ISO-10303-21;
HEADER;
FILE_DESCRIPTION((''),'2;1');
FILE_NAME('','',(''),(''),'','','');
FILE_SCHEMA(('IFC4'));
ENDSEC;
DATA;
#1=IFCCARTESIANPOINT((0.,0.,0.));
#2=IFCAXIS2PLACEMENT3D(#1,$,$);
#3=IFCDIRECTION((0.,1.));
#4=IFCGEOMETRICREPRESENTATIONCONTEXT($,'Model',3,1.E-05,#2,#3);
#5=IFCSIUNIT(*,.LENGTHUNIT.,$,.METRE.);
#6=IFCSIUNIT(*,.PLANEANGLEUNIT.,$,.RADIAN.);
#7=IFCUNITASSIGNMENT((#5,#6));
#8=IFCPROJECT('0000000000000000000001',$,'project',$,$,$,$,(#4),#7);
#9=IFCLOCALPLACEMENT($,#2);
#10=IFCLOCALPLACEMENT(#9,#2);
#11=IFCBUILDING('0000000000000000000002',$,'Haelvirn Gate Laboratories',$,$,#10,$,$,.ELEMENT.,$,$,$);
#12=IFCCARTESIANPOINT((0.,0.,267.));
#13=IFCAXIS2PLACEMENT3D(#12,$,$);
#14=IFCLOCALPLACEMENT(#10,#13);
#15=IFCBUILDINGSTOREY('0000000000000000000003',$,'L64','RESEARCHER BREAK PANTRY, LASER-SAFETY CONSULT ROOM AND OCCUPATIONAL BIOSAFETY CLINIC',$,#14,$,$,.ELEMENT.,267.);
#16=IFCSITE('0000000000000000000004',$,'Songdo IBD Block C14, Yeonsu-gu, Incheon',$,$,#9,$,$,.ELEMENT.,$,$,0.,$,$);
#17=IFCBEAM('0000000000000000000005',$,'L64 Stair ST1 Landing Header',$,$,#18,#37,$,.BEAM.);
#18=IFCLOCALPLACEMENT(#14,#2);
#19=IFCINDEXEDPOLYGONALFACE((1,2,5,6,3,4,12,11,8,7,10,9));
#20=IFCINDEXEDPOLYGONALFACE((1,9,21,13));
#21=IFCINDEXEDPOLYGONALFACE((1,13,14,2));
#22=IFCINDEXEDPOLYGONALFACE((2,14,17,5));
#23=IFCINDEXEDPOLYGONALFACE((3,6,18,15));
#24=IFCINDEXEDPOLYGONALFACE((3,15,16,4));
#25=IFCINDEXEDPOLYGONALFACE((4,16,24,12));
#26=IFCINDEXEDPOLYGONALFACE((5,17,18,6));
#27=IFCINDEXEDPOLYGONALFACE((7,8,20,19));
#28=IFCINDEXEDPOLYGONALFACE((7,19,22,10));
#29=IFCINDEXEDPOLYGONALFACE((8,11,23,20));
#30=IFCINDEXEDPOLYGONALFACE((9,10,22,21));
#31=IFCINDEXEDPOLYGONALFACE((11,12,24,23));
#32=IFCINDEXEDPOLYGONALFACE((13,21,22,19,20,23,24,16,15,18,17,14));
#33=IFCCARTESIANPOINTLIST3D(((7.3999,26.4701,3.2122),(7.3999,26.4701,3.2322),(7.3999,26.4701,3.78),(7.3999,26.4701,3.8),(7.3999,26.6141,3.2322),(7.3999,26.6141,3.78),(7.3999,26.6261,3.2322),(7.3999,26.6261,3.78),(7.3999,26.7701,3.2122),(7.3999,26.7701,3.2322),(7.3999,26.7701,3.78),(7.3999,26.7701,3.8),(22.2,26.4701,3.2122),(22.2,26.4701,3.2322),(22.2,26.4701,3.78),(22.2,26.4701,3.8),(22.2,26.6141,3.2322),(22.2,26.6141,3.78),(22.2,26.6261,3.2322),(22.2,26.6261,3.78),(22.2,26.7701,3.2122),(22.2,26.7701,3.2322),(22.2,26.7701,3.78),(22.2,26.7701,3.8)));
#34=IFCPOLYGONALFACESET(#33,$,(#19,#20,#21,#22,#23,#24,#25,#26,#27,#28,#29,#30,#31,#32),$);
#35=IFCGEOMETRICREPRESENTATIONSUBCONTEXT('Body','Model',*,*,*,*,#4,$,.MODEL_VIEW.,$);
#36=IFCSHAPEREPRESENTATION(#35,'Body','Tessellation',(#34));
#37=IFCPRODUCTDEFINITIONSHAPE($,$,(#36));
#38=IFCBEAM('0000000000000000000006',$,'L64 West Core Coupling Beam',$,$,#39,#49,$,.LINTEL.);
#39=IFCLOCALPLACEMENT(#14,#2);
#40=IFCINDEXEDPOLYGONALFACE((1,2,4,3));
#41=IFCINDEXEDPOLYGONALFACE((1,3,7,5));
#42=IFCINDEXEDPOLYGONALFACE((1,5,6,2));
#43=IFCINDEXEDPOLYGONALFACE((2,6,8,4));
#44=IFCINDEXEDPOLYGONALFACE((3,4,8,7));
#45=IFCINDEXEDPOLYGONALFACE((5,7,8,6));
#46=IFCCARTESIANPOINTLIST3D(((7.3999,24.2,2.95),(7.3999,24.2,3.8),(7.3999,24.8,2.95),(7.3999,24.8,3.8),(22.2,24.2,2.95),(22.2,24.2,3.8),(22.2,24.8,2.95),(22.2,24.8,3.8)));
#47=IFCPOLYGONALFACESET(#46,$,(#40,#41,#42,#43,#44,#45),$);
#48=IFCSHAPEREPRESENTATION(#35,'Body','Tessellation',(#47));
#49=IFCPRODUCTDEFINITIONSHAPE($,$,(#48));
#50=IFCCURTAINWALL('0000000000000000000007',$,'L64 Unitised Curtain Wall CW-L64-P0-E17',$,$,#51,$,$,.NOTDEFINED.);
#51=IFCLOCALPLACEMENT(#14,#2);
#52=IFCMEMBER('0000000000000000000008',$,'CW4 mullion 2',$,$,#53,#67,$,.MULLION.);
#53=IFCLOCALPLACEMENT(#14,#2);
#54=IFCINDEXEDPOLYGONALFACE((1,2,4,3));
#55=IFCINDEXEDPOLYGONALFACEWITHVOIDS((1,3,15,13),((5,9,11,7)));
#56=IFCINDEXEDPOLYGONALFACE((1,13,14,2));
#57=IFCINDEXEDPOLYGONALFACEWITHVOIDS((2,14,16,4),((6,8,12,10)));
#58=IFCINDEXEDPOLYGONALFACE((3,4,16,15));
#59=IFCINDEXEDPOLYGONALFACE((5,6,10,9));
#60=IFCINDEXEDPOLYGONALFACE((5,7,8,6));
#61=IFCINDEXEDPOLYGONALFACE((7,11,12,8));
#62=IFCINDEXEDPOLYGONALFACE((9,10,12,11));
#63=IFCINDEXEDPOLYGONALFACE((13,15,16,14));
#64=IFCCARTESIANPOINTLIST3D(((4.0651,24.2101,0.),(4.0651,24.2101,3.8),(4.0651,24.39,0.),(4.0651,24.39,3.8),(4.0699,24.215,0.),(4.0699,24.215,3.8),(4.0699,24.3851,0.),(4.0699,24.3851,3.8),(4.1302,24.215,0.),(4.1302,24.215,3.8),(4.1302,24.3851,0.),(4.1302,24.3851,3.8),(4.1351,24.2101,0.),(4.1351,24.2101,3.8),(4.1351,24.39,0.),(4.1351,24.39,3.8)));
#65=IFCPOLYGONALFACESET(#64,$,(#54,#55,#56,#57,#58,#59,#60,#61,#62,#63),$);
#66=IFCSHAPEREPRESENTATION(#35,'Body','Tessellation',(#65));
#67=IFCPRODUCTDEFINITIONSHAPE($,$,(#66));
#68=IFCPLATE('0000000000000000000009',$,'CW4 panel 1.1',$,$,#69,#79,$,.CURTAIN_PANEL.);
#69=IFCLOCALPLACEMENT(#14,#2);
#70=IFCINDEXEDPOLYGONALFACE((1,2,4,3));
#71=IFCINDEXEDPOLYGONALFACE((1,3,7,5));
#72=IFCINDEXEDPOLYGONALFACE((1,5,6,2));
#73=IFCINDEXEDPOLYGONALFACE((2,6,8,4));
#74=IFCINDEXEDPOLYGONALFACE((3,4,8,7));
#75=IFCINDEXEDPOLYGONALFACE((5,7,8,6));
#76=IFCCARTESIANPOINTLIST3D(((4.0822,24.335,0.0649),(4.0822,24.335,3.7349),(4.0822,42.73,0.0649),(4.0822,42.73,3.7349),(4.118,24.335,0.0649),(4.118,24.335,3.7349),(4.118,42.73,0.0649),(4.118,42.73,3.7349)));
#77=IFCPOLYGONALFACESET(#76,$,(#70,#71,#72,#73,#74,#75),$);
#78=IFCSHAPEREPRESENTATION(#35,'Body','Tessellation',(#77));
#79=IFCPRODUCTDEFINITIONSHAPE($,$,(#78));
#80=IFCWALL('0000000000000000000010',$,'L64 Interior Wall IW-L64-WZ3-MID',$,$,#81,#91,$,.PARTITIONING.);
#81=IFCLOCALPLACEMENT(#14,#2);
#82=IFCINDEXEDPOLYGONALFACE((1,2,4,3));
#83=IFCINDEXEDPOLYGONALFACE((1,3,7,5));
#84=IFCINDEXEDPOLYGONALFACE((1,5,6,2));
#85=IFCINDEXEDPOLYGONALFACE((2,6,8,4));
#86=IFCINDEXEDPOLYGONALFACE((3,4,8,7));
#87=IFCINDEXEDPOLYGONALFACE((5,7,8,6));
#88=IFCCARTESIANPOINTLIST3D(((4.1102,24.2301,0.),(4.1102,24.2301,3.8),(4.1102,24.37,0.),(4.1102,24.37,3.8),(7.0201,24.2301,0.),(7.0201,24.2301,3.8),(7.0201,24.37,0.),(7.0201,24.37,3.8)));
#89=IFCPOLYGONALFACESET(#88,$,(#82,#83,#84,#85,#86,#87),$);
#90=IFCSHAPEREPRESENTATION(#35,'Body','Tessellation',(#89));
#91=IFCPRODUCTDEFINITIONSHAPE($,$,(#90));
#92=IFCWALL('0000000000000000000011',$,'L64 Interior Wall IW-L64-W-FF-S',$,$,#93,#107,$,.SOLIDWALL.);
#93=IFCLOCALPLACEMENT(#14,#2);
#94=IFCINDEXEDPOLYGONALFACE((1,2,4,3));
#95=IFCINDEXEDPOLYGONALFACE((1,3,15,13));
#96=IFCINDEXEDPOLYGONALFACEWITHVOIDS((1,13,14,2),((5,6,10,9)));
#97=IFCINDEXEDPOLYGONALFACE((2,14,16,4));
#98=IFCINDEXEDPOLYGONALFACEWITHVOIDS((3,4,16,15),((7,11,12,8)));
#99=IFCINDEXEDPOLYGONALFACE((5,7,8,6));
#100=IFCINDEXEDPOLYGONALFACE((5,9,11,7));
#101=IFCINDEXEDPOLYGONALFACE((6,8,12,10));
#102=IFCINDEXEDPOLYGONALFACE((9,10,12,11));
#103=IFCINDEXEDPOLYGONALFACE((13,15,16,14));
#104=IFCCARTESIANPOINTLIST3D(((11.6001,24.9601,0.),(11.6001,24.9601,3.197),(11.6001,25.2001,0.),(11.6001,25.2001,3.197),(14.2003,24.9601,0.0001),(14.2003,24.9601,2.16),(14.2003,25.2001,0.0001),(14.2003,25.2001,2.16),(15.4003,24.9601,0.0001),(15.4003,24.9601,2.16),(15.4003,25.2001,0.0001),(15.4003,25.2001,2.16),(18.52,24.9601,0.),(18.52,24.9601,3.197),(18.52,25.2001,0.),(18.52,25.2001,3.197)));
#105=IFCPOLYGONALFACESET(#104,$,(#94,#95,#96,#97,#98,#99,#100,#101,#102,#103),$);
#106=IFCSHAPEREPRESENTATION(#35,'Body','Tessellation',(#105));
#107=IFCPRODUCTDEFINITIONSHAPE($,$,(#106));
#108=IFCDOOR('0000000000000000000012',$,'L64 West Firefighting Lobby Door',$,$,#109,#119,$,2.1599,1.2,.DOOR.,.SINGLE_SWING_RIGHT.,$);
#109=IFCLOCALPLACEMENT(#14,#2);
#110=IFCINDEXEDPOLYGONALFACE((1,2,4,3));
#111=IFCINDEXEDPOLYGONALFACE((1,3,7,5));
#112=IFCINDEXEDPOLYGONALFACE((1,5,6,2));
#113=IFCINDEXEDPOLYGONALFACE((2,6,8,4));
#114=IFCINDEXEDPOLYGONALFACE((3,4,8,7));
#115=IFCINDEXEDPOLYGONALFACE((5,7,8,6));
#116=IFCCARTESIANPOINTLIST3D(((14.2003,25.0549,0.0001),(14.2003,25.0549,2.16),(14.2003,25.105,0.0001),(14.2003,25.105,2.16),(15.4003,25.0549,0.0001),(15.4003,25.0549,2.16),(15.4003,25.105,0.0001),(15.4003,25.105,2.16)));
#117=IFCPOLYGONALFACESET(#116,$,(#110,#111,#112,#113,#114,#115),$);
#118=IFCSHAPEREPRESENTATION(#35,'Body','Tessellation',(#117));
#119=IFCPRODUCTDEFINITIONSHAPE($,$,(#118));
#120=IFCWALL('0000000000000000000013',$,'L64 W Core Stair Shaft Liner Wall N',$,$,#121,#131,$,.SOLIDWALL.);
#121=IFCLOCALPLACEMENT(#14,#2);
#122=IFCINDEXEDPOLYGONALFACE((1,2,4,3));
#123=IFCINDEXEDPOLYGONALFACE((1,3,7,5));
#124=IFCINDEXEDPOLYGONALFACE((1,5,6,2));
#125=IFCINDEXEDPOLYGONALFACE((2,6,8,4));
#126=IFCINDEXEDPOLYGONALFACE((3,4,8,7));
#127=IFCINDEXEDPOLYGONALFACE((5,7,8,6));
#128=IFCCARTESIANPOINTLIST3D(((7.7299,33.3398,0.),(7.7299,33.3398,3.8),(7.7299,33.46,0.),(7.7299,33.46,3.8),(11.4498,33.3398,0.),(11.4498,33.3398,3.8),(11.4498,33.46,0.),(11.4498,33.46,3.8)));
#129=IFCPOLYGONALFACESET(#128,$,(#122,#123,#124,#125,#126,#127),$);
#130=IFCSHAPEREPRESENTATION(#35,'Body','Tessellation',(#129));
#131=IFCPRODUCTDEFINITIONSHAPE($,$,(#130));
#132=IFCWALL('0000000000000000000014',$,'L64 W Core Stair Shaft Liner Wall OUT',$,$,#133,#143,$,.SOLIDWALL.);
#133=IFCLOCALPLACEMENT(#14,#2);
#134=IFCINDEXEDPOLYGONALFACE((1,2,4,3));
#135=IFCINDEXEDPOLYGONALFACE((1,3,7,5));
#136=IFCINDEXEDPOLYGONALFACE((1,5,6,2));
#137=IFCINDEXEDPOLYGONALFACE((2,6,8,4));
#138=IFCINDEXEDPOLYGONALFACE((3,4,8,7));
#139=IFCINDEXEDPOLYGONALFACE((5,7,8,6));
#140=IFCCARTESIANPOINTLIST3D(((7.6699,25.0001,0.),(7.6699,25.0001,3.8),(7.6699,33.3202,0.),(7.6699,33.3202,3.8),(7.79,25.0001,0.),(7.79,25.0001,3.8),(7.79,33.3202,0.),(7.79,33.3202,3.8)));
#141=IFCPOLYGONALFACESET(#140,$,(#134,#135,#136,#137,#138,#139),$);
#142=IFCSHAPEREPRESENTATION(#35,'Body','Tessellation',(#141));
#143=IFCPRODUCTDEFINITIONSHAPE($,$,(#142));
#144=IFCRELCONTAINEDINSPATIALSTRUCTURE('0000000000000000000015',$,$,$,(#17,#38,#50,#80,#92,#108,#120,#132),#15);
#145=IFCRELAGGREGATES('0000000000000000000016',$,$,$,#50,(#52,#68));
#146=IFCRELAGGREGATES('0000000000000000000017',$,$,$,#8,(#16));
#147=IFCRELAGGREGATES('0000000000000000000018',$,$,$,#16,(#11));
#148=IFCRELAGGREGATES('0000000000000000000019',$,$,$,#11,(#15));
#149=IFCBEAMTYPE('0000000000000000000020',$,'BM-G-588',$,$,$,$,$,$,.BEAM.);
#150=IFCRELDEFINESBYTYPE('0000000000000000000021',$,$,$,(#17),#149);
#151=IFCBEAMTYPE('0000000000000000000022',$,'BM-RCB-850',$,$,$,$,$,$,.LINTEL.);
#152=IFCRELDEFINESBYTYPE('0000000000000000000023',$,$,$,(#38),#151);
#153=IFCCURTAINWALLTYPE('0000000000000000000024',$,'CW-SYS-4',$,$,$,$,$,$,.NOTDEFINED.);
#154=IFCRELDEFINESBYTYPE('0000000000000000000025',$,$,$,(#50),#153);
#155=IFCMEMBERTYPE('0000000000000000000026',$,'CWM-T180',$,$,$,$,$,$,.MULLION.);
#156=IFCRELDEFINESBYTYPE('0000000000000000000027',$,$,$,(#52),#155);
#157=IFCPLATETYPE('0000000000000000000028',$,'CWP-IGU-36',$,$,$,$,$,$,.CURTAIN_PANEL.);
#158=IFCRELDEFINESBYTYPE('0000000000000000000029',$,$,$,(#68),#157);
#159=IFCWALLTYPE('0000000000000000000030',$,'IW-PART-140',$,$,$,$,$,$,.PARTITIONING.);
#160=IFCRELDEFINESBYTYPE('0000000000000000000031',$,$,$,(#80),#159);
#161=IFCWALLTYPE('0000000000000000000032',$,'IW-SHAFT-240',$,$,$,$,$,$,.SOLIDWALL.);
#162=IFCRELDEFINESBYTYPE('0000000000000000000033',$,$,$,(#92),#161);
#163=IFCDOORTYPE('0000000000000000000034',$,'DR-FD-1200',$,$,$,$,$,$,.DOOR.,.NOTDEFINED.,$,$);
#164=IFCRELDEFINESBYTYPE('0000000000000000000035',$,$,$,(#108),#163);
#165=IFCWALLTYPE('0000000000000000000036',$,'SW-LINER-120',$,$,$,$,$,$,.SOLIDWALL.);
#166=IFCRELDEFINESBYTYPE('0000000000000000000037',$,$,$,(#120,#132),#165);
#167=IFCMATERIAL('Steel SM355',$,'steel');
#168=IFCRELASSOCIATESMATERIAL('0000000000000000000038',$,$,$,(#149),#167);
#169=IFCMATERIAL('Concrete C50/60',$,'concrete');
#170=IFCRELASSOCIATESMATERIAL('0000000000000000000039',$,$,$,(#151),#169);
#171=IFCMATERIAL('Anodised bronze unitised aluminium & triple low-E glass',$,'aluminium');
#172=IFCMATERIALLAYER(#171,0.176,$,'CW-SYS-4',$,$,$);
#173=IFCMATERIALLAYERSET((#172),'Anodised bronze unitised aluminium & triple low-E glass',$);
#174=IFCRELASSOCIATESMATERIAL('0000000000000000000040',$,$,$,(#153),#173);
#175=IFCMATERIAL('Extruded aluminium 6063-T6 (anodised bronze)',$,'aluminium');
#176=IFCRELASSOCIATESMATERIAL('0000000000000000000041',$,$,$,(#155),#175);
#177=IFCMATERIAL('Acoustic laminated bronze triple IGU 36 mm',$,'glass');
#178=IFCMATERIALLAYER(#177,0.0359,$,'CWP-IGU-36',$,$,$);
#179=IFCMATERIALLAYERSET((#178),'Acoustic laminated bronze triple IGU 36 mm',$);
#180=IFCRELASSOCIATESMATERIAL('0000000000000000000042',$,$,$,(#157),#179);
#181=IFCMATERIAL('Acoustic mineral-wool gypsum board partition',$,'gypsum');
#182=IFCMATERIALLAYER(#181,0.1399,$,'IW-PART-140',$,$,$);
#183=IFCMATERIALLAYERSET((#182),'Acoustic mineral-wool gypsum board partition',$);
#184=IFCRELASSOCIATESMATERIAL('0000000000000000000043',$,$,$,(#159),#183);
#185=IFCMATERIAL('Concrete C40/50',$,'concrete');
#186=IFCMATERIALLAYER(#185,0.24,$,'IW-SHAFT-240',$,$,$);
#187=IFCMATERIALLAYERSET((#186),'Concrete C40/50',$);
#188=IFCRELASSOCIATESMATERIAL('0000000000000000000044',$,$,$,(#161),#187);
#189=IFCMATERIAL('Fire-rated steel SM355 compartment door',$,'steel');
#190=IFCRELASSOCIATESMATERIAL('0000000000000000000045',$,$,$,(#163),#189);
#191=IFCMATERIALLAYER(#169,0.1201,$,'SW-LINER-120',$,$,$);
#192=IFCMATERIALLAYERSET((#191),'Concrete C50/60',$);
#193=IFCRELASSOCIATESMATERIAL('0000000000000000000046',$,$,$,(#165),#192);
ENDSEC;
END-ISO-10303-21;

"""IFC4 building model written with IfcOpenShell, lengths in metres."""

from ifc_helpers import new_model, si_unit, direction, frame, frame_2d, origin, origin_2d, place, context, subcontext, project, spatial, rectangle, hollow_rectangle, i_section, extrude, source, transform, mapped, material, layer, layer_set, material_profile, profile_set, type_object, type_shapes, element, fill, aggregate, save


model = new_model("IFC4")

# Units and contexts
model_context = context("Model", 3, precision=1e-05, world=origin(), true_north=direction((0.0, 1.0)))
body_context = subcontext(model_context, "Body", "Model", "MODEL_VIEW")
ifc_project = project(units=[si_unit("LENGTHUNIT", "METRE"), si_unit("PLANEANGLEUNIT", "RADIAN")], contexts=[model_context])

# Site, building, storey
site_placement = place(None, origin())
site = spatial("IfcSite", under=ifc_project, at=site_placement, Name="Songdo IBD Block C14, Yeonsu-gu, Incheon", CompositionType="ELEMENT", RefElevation=0.0)
building_placement = place(site_placement, origin())
building = spatial("IfcBuilding", under=site, at=building_placement, Name="Haelvirn Gate Laboratories", CompositionType="ELEMENT")
storey_placement = place(building_placement, frame((0.0, 0.0, 267.0)))
storey = spatial("IfcBuildingStorey", under=building, at=storey_placement, Name="L64", Description="RESEARCHER BREAK PANTRY, LASER-SAFETY CONSULT ROOM AND OCCUPATIONAL BIOSAFETY CLINIC", CompositionType="ELEMENT", Elevation=267.0)

# Beams
ifc_material_1 = material(Name="Steel SM355", Category="steel")
ifc_material_profile_1 = material_profile(ifc_material_1, i_section(OverallWidth=0.3, OverallDepth=0.5879, WebThickness=0.012, FlangeThickness=0.02, at=origin_2d()), Name="H-588x300x12x20")
ifc_profile_set_1 = profile_set([ifc_material_profile_1], Name="Steel SM355")
beam_type_1 = type_object("IfcBeamType", Name="BM-G-588", PredefinedType="BEAM", material=ifc_profile_set_1)
shared_shape_1 = source(origin(), body_context, "Body", "SweptSolid", [
    extrude(i_section(OverallWidth=0.3, OverallDepth=0.5879, WebThickness=0.012, FlangeThickness=0.02, at=origin_2d()), origin(), (0.0, 0.0, 1.0), 14.8),
])
type_shapes(beam_type_1, [shared_shape_1])
beam_1_placement = place(storey_placement, frame((7.3999, 26.6201, 3.5061), z_axis=(1.0, 0.0, 0.0), x_axis=(0.0, 1.0, 0.0)))
element("IfcBeam", 1, at=beam_1_placement, inside=storey, type_object=beam_type_1, Name="L64 Stair ST1 Landing Header", PredefinedType="BEAM", context=body_context, shape_type="MappedRepresentation", body=[
    mapped(shared_shape_1, transform((0.0, 0.0, 0.0), scale=1.0)),
])
ifc_material_2 = material(Name="Concrete C50/60", Category="concrete")
ifc_material_profile_2 = material_profile(ifc_material_2, rectangle(XDim=0.6001, YDim=0.8501, at=origin_2d()), Name="RCB-600x850")
ifc_profile_set_2 = profile_set([ifc_material_profile_2], Name="Concrete C50/60")
beam_type_2 = type_object("IfcBeamType", Name="BM-RCB-850", PredefinedType="LINTEL", material=ifc_profile_set_2)
shared_shape_2 = source(origin(), body_context, "Body", "SweptSolid", [
    extrude(rectangle(XDim=0.6001, YDim=0.8501, at=origin_2d()), origin(), (0.0, 0.0, 1.0), 14.8),
])
type_shapes(beam_type_2, [shared_shape_2])
beam_2_placement = place(storey_placement, frame((7.3999, 24.5, 3.375), z_axis=(1.0, 0.0, 0.0), x_axis=(0.0, 1.0, 0.0)))
element("IfcBeam", 2, at=beam_2_placement, inside=storey, type_object=beam_type_2, Name="L64 West Core Coupling Beam", PredefinedType="LINTEL", context=body_context, shape_type="MappedRepresentation", body=[
    mapped(shared_shape_2, transform((0.0, 0.0, 0.0), scale=1.0)),
])

# Curtain wall, member, plate
ifc_material_3 = material(Name="Anodised bronze unitised aluminium & triple low-E glass", Category="aluminium")
ifc_layer_1 = layer(ifc_material_3, 0.176, Name="CW-SYS-4")
ifc_layer_set_1 = layer_set([ifc_layer_1], Name="Anodised bronze unitised aluminium & triple low-E glass")
curtain_wall_type = type_object("IfcCurtainWallType", Name="CW-SYS-4", PredefinedType="NOTDEFINED", material=ifc_layer_set_1)
curtain_wall_placement = place(storey_placement, origin())
curtain_wall = element("IfcCurtainWall", 3, at=curtain_wall_placement, inside=storey, type_object=curtain_wall_type, Name="L64 Unitised Curtain Wall CW-L64-P0-E17", PredefinedType="NOTDEFINED")
ifc_material_4 = material(Name="Extruded aluminium 6063-T6 (anodised bronze)", Category="aluminium")
ifc_material_profile_3 = material_profile(ifc_material_4, hollow_rectangle(XDim=0.0701, YDim=0.1799, WallThickness=0.0049, at=origin_2d()), Name="CWM-180x70x5")
ifc_profile_set_3 = profile_set([ifc_material_profile_3], Name="Extruded aluminium 6063-T6 (anodised bronze)")
member_type = type_object("IfcMemberType", Name="CWM-T180", PredefinedType="MULLION", material=ifc_profile_set_3)
shared_shape_3 = source(origin(), body_context, "Body", "SweptSolid", [
    extrude(hollow_rectangle(XDim=0.0701, YDim=0.1799, WallThickness=0.0049, at=origin_2d()), origin(), (0.0, 0.0, 1.0), 3.8),
])
type_shapes(member_type, [shared_shape_3])
member_placement = place(storey_placement, frame((4.1001, 24.3, 0.0), z_axis=(0.0, 0.0, 1.0), x_axis=(1.0, 0.0, 0.0)))
member = element("IfcMember", 4, at=member_placement, type_object=member_type, Name="CW4 mullion 2", PredefinedType="MULLION", context=body_context, shape_type="MappedRepresentation", body=[
    mapped(shared_shape_3, transform((0.0, 0.0, 0.0), scale=1.0)),
])
ifc_material_5 = material(Name="Acoustic laminated bronze triple IGU 36 mm", Category="glass")
ifc_layer_2 = layer(ifc_material_5, 0.0359, Name="CWP-IGU-36")
ifc_layer_set_2 = layer_set([ifc_layer_2], Name="Acoustic laminated bronze triple IGU 36 mm")
plate_type = type_object("IfcPlateType", Name="CWP-IGU-36", PredefinedType="CURTAIN_PANEL", material=ifc_layer_set_2)
shared_shape_4 = source(origin(), body_context, "Body", "SweptSolid", [
    extrude(rectangle(XDim=18.395, YDim=0.0359, at=origin_2d()), origin(), (0.0, 0.0, 1.0), 3.6699),
])
type_shapes(plate_type, [shared_shape_4])
plate_placement = place(storey_placement, frame((4.1001, 33.5325, 0.0649), z_axis=(0.0, 0.0, 1.0), x_axis=(0.0, -1.0, 0.0)))
plate = element("IfcPlate", 5, at=plate_placement, type_object=plate_type, Name="CW4 panel 1.1", PredefinedType="CURTAIN_PANEL", context=body_context, shape_type="MappedRepresentation", body=[
    mapped(shared_shape_4, transform((0.0, 0.0, 0.0), scale=1.0)),
])
aggregate(curtain_wall, [member, plate])

# Wall
ifc_material_6 = material(Name="Acoustic mineral-wool gypsum board partition", Category="gypsum")
ifc_layer_3 = layer(ifc_material_6, 0.1399, Name="IW-PART-140")
ifc_layer_set_3 = layer_set([ifc_layer_3], Name="Acoustic mineral-wool gypsum board partition")
wall_type_1 = type_object("IfcWallType", Name="IW-PART-140", PredefinedType="PARTITIONING", material=ifc_layer_set_3)
wall_1_placement = place(storey_placement, frame((4.1101, 24.3, 0.0), z_axis=(0.0, 0.0, 1.0), x_axis=(1.0, 0.0, 0.0)))
element("IfcWall", 6, at=wall_1_placement, inside=storey, type_object=wall_type_1, Name="L64 Interior Wall IW-L64-WZ3-MID", PredefinedType="PARTITIONING", context=body_context, shape_type="SweptSolid", body=[
    extrude(rectangle(XDim=2.9099, YDim=0.1399, at=frame_2d((1.4551, 0.0))), origin(), (0.0, 0.0, 1.0), 3.8),
])

# Wall, opening, door
ifc_material_7 = material(Name="Concrete C40/50", Category="concrete")
ifc_layer_4 = layer(ifc_material_7, 0.24, Name="IW-SHAFT-240")
ifc_layer_set_4 = layer_set([ifc_layer_4], Name="Concrete C40/50")
wall_type_2 = type_object("IfcWallType", Name="IW-SHAFT-240", PredefinedType="SOLIDWALL", material=ifc_layer_set_4)
wall_2_placement = place(storey_placement, frame((11.6001, 25.0801, 0.0), z_axis=(0.0, 0.0, 1.0), x_axis=(1.0, 0.0, 0.0)))
wall_2 = element("IfcWall", 7, at=wall_2_placement, inside=storey, type_object=wall_type_2, Name="L64 Interior Wall IW-L64-W-FF-S", PredefinedType="SOLIDWALL", context=body_context, shape_type="SweptSolid", body=[
    extrude(rectangle(XDim=6.9199, YDim=0.24, at=frame_2d((3.46, 0.0))), origin(), (0.0, 0.0, 1.0), 3.197),
])
opening_1_placement = place(wall_2_placement, frame((2.6001, 0.0, 0.0)))
opening_1 = element("IfcOpeningElement", 8, at=opening_1_placement, cuts=wall_2, PredefinedType="OPENING", context=body_context, shape_type="SweptSolid", body=[
    extrude(rectangle(XDim=1.2, YDim=2.1599, at=frame_2d((0.6001, 1.0801))), frame((0.0, 0.1299, 0.0), z_axis=(0.0, -1.0, 0.0), x_axis=(1.0, 0.0, 0.0)), (0.0, 0.0, 1.0), 0.26),
])
ifc_material_8 = material(Name="Fire-rated steel SM355 compartment door", Category="steel")
door_type_1 = type_object("IfcDoorType", Name="DR-FD-1200", OperationType="NOTDEFINED", PredefinedType="DOOR", material=ifc_material_8)
shared_shape_5 = source(origin(), body_context, "Body", "SweptSolid", [
    extrude(rectangle(XDim=1.2, YDim=2.1599, at=frame_2d((0.6001, 1.0801))), frame((0.0, 0.0249, 0.0), z_axis=(0.0, -1.0, 0.0), x_axis=(1.0, 0.0, 0.0)), (0.0, 0.0, 1.0), 0.05),
])
type_shapes(door_type_1, [shared_shape_5])
door_1_placement = place(opening_1_placement, origin())
door_1 = element("IfcDoor", 9, at=door_1_placement, inside=storey, type_object=door_type_1, Name="L64 West Firefighting Lobby Door", OperationType="SINGLE_SWING_RIGHT", OverallHeight=2.1599, OverallWidth=1.2, PredefinedType="DOOR", context=body_context, shape_type="MappedRepresentation", body=[
    mapped(shared_shape_5, transform((0.0, 0.0, 0.0), scale=1.0)),
])
fill(opening_1, door_1)

# Walls
ifc_layer_5 = layer(ifc_material_2, 0.1201, Name="SW-LINER-120")
ifc_layer_set_5 = layer_set([ifc_layer_5], Name="Concrete C50/60")
wall_type_3 = type_object("IfcWallType", Name="SW-LINER-120", PredefinedType="SOLIDWALL", material=ifc_layer_set_5)
wall_3_placement = place(storey_placement, frame((7.73, 33.3999, 0.0), z_axis=(0.0, 0.0, 1.0), x_axis=(1.0, 0.0, 0.0)))
element("IfcWall", 10, at=wall_3_placement, inside=storey, type_object=wall_type_3, Name="L64 W Core Stair Shaft Liner Wall N", PredefinedType="SOLIDWALL", context=body_context, shape_type="SweptSolid", body=[
    extrude(rectangle(XDim=3.72, YDim=0.1201, at=frame_2d((1.8599, 0.0))), origin(), (0.0, 0.0, 1.0), 3.8),
])
wall_4_placement = place(storey_placement, frame((7.73, 25.0, 0.0), z_axis=(0.0, 0.0, 1.0), x_axis=(0.0, 1.0, 0.0)))
element("IfcWall", 11, at=wall_4_placement, inside=storey, type_object=wall_type_3, Name="L64 W Core Stair Shaft Liner Wall OUT", PredefinedType="SOLIDWALL", context=body_context, shape_type="SweptSolid", body=[
    extrude(rectangle(XDim=8.3201, YDim=0.1201, at=frame_2d((4.1602, 0.0))), origin(), (0.0, 0.0, 1.0), 3.8),
])

save(model, "model.ifc")
